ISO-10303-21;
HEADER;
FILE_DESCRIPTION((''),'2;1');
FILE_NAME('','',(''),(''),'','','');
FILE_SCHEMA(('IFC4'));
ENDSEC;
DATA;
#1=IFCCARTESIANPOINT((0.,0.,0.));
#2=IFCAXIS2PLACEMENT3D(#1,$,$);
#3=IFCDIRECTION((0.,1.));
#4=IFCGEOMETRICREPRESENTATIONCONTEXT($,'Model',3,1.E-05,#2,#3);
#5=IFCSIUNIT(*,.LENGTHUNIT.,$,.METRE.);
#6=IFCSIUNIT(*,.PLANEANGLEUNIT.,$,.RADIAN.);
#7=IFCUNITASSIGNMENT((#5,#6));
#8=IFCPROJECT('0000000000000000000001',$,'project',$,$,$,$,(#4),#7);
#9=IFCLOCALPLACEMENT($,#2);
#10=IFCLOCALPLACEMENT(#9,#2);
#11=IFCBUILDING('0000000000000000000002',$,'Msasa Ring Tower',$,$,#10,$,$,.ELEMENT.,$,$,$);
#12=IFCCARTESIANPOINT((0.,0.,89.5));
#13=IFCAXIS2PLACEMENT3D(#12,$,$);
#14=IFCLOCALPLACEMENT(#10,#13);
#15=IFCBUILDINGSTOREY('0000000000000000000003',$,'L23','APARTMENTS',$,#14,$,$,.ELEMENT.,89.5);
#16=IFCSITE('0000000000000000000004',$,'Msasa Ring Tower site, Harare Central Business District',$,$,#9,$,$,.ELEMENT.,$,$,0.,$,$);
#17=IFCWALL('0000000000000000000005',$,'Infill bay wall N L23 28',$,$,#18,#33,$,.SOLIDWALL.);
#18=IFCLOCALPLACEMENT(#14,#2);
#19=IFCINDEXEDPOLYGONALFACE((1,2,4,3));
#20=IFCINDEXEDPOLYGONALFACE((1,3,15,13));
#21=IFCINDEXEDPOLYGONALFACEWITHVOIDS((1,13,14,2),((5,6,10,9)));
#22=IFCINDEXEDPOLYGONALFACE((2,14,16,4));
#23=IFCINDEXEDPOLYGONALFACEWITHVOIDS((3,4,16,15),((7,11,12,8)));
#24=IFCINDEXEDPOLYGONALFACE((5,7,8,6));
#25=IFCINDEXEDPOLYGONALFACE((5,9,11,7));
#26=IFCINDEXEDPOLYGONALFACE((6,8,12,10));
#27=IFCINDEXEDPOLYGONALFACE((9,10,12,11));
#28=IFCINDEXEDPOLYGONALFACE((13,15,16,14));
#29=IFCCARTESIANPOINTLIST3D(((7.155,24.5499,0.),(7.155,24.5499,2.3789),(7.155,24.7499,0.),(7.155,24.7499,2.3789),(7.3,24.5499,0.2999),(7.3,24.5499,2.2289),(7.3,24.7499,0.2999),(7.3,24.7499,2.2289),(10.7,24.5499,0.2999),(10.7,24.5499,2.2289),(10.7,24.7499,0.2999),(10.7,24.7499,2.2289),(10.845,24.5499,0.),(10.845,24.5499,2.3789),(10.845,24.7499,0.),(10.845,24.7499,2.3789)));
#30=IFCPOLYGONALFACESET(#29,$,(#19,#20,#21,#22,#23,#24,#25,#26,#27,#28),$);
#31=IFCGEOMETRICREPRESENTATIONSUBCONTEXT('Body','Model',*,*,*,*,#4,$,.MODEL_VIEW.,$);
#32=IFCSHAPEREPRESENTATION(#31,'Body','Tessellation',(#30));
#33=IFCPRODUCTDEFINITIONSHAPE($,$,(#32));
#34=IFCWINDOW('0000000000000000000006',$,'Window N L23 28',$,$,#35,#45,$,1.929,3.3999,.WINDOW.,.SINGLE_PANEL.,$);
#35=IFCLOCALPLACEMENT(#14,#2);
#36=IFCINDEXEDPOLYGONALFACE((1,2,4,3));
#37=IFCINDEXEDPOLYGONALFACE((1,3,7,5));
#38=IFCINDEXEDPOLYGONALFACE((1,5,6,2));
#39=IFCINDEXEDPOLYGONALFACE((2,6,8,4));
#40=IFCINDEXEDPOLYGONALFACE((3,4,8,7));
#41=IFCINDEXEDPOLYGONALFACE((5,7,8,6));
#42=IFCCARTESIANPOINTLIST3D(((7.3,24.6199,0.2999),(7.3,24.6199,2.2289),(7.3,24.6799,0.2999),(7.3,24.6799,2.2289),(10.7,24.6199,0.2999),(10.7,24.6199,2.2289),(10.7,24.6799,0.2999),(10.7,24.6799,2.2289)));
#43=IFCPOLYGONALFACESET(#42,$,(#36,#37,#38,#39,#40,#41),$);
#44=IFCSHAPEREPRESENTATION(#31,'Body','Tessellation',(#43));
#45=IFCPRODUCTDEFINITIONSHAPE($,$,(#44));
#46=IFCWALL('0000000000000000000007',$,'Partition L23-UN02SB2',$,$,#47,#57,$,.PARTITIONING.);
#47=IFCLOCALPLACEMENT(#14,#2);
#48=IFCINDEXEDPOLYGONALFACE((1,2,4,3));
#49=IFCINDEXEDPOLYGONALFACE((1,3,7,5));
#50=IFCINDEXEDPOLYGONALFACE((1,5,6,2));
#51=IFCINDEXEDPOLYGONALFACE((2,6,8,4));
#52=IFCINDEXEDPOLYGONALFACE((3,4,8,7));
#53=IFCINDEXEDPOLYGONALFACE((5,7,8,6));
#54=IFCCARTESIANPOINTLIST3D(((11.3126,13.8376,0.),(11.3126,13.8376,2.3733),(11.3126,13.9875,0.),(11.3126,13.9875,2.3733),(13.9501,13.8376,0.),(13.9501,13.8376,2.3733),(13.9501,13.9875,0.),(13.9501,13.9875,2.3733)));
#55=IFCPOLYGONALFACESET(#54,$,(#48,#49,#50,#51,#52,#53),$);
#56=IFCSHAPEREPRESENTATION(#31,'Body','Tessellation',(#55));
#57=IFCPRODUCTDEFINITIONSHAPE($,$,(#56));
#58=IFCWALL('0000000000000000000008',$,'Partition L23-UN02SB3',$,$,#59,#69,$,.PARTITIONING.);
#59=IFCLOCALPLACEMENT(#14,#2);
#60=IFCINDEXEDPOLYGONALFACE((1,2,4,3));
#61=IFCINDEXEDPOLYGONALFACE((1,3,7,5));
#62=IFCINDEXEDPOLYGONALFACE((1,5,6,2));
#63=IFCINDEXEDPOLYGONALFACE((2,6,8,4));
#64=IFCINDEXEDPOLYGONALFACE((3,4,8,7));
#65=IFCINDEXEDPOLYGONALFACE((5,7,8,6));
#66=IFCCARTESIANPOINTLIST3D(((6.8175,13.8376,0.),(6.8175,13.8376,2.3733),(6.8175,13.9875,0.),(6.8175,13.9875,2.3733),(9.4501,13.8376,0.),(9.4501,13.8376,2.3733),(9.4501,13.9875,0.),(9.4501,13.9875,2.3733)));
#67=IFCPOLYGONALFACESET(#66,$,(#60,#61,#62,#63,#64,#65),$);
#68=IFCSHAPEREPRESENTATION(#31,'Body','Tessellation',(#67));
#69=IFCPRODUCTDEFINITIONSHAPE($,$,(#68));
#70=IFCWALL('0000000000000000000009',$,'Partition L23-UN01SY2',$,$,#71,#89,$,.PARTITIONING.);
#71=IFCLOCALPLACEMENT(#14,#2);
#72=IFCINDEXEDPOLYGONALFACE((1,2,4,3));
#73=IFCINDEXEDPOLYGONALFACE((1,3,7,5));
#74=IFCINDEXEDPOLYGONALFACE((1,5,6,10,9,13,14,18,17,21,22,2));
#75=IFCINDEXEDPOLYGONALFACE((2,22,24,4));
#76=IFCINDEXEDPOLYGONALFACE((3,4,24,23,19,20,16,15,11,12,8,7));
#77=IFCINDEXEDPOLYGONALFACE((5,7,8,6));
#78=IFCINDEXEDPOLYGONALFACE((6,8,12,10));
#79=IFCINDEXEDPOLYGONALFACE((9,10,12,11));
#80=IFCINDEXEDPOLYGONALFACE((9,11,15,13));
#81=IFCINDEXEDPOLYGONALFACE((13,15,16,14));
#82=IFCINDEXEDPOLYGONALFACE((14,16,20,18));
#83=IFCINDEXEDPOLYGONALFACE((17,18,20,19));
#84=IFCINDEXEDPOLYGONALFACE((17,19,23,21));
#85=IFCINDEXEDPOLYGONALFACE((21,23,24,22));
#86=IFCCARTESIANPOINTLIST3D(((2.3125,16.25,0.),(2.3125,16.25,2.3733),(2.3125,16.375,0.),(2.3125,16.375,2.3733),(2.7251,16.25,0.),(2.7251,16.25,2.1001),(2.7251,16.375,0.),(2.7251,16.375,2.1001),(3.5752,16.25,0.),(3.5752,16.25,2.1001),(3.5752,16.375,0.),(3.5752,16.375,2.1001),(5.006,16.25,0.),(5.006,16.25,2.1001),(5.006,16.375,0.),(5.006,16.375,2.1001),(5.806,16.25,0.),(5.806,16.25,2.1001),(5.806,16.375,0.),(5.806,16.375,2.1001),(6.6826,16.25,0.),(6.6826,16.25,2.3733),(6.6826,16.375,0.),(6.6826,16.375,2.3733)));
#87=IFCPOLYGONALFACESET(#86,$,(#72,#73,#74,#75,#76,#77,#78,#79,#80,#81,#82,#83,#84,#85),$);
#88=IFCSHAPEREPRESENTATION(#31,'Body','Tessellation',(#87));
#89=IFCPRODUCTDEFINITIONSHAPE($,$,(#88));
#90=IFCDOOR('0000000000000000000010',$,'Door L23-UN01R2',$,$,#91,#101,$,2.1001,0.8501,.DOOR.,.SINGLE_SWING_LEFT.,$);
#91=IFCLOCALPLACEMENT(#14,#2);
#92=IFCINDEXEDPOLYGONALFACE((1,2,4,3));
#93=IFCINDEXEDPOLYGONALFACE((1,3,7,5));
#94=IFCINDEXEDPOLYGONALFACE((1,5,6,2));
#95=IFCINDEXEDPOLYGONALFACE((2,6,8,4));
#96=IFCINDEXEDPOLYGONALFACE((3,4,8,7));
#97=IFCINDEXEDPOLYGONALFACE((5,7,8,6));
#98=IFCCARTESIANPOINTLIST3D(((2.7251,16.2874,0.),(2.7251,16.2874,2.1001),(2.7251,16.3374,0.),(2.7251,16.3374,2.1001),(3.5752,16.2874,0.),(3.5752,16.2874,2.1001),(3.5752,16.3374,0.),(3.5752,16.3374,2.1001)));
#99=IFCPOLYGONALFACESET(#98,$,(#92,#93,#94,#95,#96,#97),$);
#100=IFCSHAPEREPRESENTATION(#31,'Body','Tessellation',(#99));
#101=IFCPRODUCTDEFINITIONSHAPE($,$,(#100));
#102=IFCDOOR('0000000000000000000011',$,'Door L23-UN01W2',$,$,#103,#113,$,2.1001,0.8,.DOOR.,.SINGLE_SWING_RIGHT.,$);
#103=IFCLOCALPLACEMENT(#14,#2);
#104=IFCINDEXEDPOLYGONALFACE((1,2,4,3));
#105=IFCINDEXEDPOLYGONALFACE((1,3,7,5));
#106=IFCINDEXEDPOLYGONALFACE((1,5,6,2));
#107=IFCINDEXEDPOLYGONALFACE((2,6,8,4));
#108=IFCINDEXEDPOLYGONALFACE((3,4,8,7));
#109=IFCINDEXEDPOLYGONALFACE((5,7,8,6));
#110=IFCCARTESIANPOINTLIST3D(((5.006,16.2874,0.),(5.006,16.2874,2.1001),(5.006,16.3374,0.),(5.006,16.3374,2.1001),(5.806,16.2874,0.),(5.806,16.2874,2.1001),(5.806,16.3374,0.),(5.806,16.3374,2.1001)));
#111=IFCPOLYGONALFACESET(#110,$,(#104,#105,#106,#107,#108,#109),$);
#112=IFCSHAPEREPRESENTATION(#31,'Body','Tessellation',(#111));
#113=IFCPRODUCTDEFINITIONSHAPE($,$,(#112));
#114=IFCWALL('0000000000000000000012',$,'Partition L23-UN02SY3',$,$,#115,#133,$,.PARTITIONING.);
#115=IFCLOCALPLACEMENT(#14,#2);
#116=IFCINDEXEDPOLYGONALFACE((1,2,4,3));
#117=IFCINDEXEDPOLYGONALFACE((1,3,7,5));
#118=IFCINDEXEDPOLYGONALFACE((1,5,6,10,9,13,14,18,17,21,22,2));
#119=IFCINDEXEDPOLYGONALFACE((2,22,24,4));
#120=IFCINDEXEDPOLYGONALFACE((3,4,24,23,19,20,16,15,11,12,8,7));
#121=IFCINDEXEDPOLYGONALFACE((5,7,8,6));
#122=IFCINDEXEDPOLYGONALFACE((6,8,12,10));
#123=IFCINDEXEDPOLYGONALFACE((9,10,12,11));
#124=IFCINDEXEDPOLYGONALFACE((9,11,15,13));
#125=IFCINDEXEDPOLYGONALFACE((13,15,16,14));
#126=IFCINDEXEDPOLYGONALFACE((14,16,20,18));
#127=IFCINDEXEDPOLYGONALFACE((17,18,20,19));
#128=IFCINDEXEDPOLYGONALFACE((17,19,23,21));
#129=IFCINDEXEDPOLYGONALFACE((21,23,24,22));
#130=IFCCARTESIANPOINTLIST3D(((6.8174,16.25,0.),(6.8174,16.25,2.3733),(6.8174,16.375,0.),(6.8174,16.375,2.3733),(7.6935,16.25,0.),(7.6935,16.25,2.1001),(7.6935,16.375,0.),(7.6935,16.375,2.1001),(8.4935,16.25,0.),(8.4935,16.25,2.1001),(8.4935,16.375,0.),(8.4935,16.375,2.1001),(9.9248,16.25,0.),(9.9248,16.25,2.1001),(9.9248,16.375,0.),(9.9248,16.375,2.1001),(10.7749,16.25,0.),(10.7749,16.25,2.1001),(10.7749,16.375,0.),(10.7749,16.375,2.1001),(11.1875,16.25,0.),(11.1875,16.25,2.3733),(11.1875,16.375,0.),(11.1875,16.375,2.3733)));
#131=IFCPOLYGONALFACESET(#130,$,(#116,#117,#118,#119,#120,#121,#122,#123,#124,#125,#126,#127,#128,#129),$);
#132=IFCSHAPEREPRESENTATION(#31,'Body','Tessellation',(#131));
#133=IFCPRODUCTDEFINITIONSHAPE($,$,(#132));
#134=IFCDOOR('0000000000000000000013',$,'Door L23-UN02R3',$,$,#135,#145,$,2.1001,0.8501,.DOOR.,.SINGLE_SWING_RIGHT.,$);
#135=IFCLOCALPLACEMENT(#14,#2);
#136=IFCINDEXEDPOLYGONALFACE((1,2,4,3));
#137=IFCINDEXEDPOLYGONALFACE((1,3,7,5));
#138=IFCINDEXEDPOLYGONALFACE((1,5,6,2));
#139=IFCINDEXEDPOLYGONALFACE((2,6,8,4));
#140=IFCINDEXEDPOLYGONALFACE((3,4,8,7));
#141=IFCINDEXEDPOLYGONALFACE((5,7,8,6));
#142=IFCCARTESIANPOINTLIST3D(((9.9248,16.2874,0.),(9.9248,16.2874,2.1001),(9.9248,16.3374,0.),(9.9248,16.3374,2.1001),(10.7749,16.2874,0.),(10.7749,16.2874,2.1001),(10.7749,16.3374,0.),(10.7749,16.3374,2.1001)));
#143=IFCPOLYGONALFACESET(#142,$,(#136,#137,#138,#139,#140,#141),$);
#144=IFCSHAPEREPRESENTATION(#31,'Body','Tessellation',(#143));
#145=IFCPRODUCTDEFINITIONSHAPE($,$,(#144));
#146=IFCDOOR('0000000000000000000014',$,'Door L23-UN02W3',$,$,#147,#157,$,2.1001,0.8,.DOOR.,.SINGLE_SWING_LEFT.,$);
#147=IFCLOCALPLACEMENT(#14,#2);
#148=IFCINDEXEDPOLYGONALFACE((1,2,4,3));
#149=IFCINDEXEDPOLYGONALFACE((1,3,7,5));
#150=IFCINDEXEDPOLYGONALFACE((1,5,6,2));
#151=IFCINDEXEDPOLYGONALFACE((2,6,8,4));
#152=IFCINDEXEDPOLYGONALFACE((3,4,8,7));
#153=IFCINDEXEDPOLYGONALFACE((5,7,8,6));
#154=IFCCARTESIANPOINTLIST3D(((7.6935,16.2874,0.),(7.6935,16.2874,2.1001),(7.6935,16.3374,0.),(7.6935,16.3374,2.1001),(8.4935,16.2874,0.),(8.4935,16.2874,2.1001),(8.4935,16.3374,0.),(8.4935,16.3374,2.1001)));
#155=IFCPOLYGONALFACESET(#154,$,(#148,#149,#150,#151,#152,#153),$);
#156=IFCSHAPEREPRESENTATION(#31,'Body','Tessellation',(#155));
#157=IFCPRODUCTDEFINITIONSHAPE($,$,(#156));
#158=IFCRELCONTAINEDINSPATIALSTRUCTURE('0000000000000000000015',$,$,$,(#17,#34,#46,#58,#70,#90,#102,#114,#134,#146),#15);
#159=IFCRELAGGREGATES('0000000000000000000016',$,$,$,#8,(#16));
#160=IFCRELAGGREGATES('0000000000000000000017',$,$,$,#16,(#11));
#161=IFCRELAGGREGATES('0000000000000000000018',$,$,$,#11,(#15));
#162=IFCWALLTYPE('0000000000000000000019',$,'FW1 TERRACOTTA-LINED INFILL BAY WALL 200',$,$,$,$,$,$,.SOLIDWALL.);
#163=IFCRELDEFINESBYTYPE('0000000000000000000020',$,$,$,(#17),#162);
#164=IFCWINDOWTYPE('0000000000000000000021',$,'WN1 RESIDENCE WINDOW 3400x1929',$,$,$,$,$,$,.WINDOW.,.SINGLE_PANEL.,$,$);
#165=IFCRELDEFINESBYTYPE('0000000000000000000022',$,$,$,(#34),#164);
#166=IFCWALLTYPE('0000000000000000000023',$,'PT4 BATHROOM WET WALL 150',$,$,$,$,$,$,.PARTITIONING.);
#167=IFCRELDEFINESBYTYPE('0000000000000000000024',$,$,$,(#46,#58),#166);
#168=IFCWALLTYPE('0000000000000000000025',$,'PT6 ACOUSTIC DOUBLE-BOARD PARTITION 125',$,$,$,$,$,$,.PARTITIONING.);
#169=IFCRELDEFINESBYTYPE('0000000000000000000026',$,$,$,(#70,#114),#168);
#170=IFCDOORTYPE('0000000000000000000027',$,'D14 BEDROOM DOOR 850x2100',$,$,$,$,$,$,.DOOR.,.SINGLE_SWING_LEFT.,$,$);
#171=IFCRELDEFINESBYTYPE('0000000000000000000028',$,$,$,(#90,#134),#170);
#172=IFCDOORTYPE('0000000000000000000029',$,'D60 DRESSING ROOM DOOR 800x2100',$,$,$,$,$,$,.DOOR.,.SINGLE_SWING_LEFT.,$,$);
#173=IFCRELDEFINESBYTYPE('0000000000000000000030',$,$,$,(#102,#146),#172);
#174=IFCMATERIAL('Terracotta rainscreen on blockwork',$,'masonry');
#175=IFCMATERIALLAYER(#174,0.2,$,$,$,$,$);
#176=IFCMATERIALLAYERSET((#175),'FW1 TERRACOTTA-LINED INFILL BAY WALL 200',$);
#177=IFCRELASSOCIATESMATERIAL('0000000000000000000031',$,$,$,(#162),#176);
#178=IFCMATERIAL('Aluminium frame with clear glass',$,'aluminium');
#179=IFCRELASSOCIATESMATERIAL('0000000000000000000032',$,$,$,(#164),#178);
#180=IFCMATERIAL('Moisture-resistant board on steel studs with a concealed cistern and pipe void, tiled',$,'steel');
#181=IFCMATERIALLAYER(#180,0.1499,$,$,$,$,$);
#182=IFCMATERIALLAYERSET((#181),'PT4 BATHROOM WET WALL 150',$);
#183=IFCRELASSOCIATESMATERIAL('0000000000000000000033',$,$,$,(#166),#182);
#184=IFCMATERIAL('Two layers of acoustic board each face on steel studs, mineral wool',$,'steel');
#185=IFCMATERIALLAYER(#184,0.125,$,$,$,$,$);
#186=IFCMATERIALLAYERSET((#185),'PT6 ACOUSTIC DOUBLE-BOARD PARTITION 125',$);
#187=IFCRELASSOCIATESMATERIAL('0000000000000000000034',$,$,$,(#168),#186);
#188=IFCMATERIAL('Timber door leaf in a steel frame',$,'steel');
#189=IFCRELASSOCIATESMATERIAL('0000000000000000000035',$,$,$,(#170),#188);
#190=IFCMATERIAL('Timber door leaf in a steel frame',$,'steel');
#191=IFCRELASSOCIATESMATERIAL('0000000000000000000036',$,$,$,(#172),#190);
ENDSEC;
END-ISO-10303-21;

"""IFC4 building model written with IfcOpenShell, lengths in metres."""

from ifc_helpers import new_model, si_unit, direction, frame, frame_2d, origin, place, context, subcontext, project, spatial, rectangle, extrude, material, layer, layer_set, type_object, element, fill, save


model = new_model("IFC4")

# Units and contexts
model_context = context("Model", 3, precision=1e-05, world=origin(), true_north=direction((0.0, 1.0)))
body_context = subcontext(model_context, "Body", "Model", "MODEL_VIEW")
ifc_project = project(units=[si_unit("LENGTHUNIT", "METRE"), si_unit("PLANEANGLEUNIT", "RADIAN")], contexts=[model_context])

# Site, building, storey
site_placement = place(None, origin())
site = spatial("IfcSite", under=ifc_project, at=site_placement, Name="Msasa Ring Tower site, Harare Central Business District", CompositionType="ELEMENT", RefElevation=0.0)
building_placement = place(site_placement, origin())
building = spatial("IfcBuilding", under=site, at=building_placement, Name="Msasa Ring Tower", CompositionType="ELEMENT")
storey_placement = place(building_placement, frame((0.0, 0.0, 89.5)))
storey = spatial("IfcBuildingStorey", under=building, at=storey_placement, Name="L23", Description="APARTMENTS", CompositionType="ELEMENT", Elevation=89.5)

# Wall, opening, window
ifc_material_1 = material(Name="Terracotta rainscreen on blockwork", Category="masonry")
ifc_layer_1 = layer(ifc_material_1, 0.2)
ifc_layer_set_1 = layer_set([ifc_layer_1], Name="FW1 TERRACOTTA-LINED INFILL BAY WALL 200")
wall_type_1 = type_object("IfcWallType", Name="FW1 TERRACOTTA-LINED INFILL BAY WALL 200", PredefinedType="SOLIDWALL", material=ifc_layer_set_1)
ifc_material_2 = material(Name="Aluminium frame with clear glass", Category="aluminium")
window_type = type_object("IfcWindowType", Name="WN1 RESIDENCE WINDOW 3400x1929", PartitioningType="SINGLE_PANEL", PredefinedType="WINDOW", material=ifc_material_2)
wall_1_placement = place(storey_placement, frame((7.155, 24.6499, 0.0), z_axis=(0.0, 0.0, 1.0), x_axis=(1.0, 0.0, 0.0)))
wall_1 = element("IfcWall", 1, at=wall_1_placement, inside=storey, type_object=wall_type_1, Name="Infill bay wall N L23 28", PredefinedType="SOLIDWALL", context=body_context, shape_type="SweptSolid", body=[
    extrude(rectangle(XDim=3.6899, YDim=0.2, at=frame_2d((1.845, 0.0))), origin(), (0.0, 0.0, 1.0), 2.3789),
])
opening_1_placement = place(wall_1_placement, frame((0.145, 0.0, 0.3)))
opening_1 = element("IfcOpeningElement", 2, at=opening_1_placement, cuts=wall_1, PredefinedType="OPENING", context=body_context, shape_type="SweptSolid", body=[
    extrude(rectangle(XDim=3.3999, YDim=1.929, at=frame_2d((1.7, 0.9644))), frame((0.0, 0.1099, 0.0), z_axis=(0.0, -1.0, 0.0), x_axis=(1.0, 0.0, 0.0)), (0.0, 0.0, 1.0), 0.22),
])
window_1_placement = place(opening_1_placement, origin())
window_1 = element("IfcWindow", 3, at=window_1_placement, inside=storey, type_object=window_type, Name="Window N L23 28", OverallHeight=1.929, OverallWidth=3.3999, PartitioningType="SINGLE_PANEL", PredefinedType="WINDOW", context=body_context, shape_type="SweptSolid", body=[
    extrude(rectangle(XDim=3.3999, YDim=1.929, at=frame_2d((1.7, 0.9644))), frame((0.0, 0.03, 0.0), z_axis=(0.0, -1.0, 0.0), x_axis=(1.0, 0.0, 0.0)), (0.0, 0.0, 1.0), 0.0601),
])
fill(opening_1, window_1)

# Walls
ifc_material_3 = material(Name="Moisture-resistant board on steel studs with a concealed cistern and pipe void, tiled", Category="steel")
ifc_layer_2 = layer(ifc_material_3, 0.1499)
ifc_layer_set_2 = layer_set([ifc_layer_2], Name="PT4 BATHROOM WET WALL 150")
wall_type_2 = type_object("IfcWallType", Name="PT4 BATHROOM WET WALL 150", PredefinedType="PARTITIONING", material=ifc_layer_set_2)
wall_2_placement = place(storey_placement, frame((11.3125, 13.9126, 0.0), z_axis=(0.0, 0.0, 1.0), x_axis=(1.0, 0.0, 0.0)))
element("IfcWall", 4, at=wall_2_placement, inside=storey, type_object=wall_type_2, Name="Partition L23-UN02SB2", PredefinedType="PARTITIONING", context=body_context, shape_type="SweptSolid", body=[
    extrude(rectangle(XDim=2.6375, YDim=0.1499, at=frame_2d((1.3188, 0.0))), origin(), (0.0, 0.0, 1.0), 2.3733),
])
wall_3_placement = place(storey_placement, frame((6.8174, 13.9126, 0.0), z_axis=(0.0, 0.0, 1.0), x_axis=(1.0, 0.0, 0.0)))
element("IfcWall", 5, at=wall_3_placement, inside=storey, type_object=wall_type_2, Name="Partition L23-UN02SB3", PredefinedType="PARTITIONING", context=body_context, shape_type="SweptSolid", body=[
    extrude(rectangle(XDim=2.6326, YDim=0.1499, at=frame_2d((1.3164, 0.0))), origin(), (0.0, 0.0, 1.0), 2.3733),
])

# Walls, openings, doors
ifc_material_4 = material(Name="Two layers of acoustic board each face on steel studs, mineral wool", Category="steel")
ifc_layer_3 = layer(ifc_material_4, 0.125)
ifc_layer_set_3 = layer_set([ifc_layer_3], Name="PT6 ACOUSTIC DOUBLE-BOARD PARTITION 125")
wall_type_3 = type_object("IfcWallType", Name="PT6 ACOUSTIC DOUBLE-BOARD PARTITION 125", PredefinedType="PARTITIONING", material=ifc_layer_set_3)
wall_4_placement = place(storey_placement, frame((2.3125, 16.3125, 0.0), z_axis=(0.0, 0.0, 1.0), x_axis=(1.0, 0.0, 0.0)))
wall_4 = element("IfcWall", 6, at=wall_4_placement, inside=storey, type_object=wall_type_3, Name="Partition L23-UN01SY2", PredefinedType="PARTITIONING", context=body_context, shape_type="SweptSolid", body=[
    extrude(rectangle(XDim=4.3701, YDim=0.125, at=frame_2d((2.1851, 0.0))), origin(), (0.0, 0.0, 1.0), 2.3733),
])
opening_2_placement = place(wall_4_placement, frame((0.4126, 0.0, 0.0)))
opening_2 = element("IfcOpeningElement", 7, at=opening_2_placement, cuts=wall_4, PredefinedType="OPENING", context=body_context, shape_type="SweptSolid", body=[
    extrude(rectangle(XDim=0.8501, YDim=2.1001, at=frame_2d((0.425, 1.05))), frame((0.0, 0.0725, 0.0), z_axis=(0.0, -1.0, 0.0), x_axis=(1.0, 0.0, 0.0)), (0.0, 0.0, 1.0), 0.145),
])
opening_3_placement = place(wall_4_placement, frame((2.6936, 0.0, 0.0)))
opening_3 = element("IfcOpeningElement", 8, at=opening_3_placement, cuts=wall_4, PredefinedType="OPENING", context=body_context, shape_type="SweptSolid", body=[
    extrude(rectangle(XDim=0.8, YDim=2.1001, at=frame_2d((0.3999, 1.05))), frame((0.0, 0.0725, 0.0), z_axis=(0.0, -1.0, 0.0), x_axis=(1.0, 0.0, 0.0)), (0.0, 0.0, 1.0), 0.145),
])
ifc_material_5 = material(Name="Timber door leaf in a steel frame", Category="steel")
door_type_1 = type_object("IfcDoorType", Name="D14 BEDROOM DOOR 850x2100", OperationType="SINGLE_SWING_LEFT", PredefinedType="DOOR", material=ifc_material_5)
door_1_placement = place(opening_2_placement, origin())
door_1 = element("IfcDoor", 9, at=door_1_placement, inside=storey, type_object=door_type_1, Name="Door L23-UN01R2", OperationType="SINGLE_SWING_LEFT", OverallHeight=2.1001, OverallWidth=0.8501, PredefinedType="DOOR", context=body_context, shape_type="SweptSolid", body=[
    extrude(rectangle(XDim=0.8501, YDim=2.1001, at=frame_2d((0.425, 1.05))), frame((0.0, 0.0249, 0.0), z_axis=(0.0, -1.0, 0.0), x_axis=(1.0, 0.0, 0.0)), (0.0, 0.0, 1.0), 0.05),
])
fill(opening_2, door_1)
ifc_material_6 = material(Name="Timber door leaf in a steel frame", Category="steel")
door_type_2 = type_object("IfcDoorType", Name="D60 DRESSING ROOM DOOR 800x2100", OperationType="SINGLE_SWING_LEFT", PredefinedType="DOOR", material=ifc_material_6)
door_2_placement = place(opening_3_placement, origin())
door_2 = element("IfcDoor", 10, at=door_2_placement, inside=storey, type_object=door_type_2, Name="Door L23-UN01W2", OperationType="SINGLE_SWING_RIGHT", OverallHeight=2.1001, OverallWidth=0.8, PredefinedType="DOOR", context=body_context, shape_type="SweptSolid", body=[
    extrude(rectangle(XDim=0.8, YDim=2.1001, at=frame_2d((0.3999, 1.05))), frame((0.0, 0.0249, 0.0), z_axis=(0.0, -1.0, 0.0), x_axis=(1.0, 0.0, 0.0)), (0.0, 0.0, 1.0), 0.05),
])
fill(opening_3, door_2)
wall_5_placement = place(storey_placement, frame((6.8174, 16.3125, 0.0), z_axis=(0.0, 0.0, 1.0), x_axis=(1.0, 0.0, 0.0)))
wall_5 = element("IfcWall", 11, at=wall_5_placement, inside=storey, type_object=wall_type_3, Name="Partition L23-UN02SY3", PredefinedType="PARTITIONING", context=body_context, shape_type="SweptSolid", body=[
    extrude(rectangle(XDim=4.3701, YDim=0.125, at=frame_2d((2.1851, 0.0))), origin(), (0.0, 0.0, 1.0), 2.3733),
])
opening_4_placement = place(wall_5_placement, frame((3.1074, 0.0, 0.0)))
opening_4 = element("IfcOpeningElement", 12, at=opening_4_placement, cuts=wall_5, PredefinedType="OPENING", context=body_context, shape_type="SweptSolid", body=[
    extrude(rectangle(XDim=0.8501, YDim=2.1001, at=frame_2d((0.425, 1.05))), frame((0.0, 0.0725, 0.0), z_axis=(0.0, -1.0, 0.0), x_axis=(1.0, 0.0, 0.0)), (0.0, 0.0, 1.0), 0.145),
])
opening_5_placement = place(wall_5_placement, frame((0.8762, 0.0, 0.0)))
opening_5 = element("IfcOpeningElement", 13, at=opening_5_placement, cuts=wall_5, PredefinedType="OPENING", context=body_context, shape_type="SweptSolid", body=[
    extrude(rectangle(XDim=0.8, YDim=2.1001, at=frame_2d((0.3999, 1.05))), frame((0.0, 0.0725, 0.0), z_axis=(0.0, -1.0, 0.0), x_axis=(1.0, 0.0, 0.0)), (0.0, 0.0, 1.0), 0.145),
])
door_3_placement = place(opening_4_placement, origin())
door_3 = element("IfcDoor", 14, at=door_3_placement, inside=storey, type_object=door_type_1, Name="Door L23-UN02R3", OperationType="SINGLE_SWING_RIGHT", OverallHeight=2.1001, OverallWidth=0.8501, PredefinedType="DOOR", context=body_context, shape_type="SweptSolid", body=[
    extrude(rectangle(XDim=0.8501, YDim=2.1001, at=frame_2d((0.425, 1.05))), frame((0.0, 0.0249, 0.0), z_axis=(0.0, -1.0, 0.0), x_axis=(1.0, 0.0, 0.0)), (0.0, 0.0, 1.0), 0.05),
])
fill(opening_4, door_3)
door_4_placement = place(opening_5_placement, origin())
door_4 = element("IfcDoor", 15, at=door_4_placement, inside=storey, type_object=door_type_2, Name="Door L23-UN02W3", OperationType="SINGLE_SWING_LEFT", OverallHeight=2.1001, OverallWidth=0.8, PredefinedType="DOOR", context=body_context, shape_type="SweptSolid", body=[
    extrude(rectangle(XDim=0.8, YDim=2.1001, at=frame_2d((0.3999, 1.05))), frame((0.0, 0.0249, 0.0), z_axis=(0.0, -1.0, 0.0), x_axis=(1.0, 0.0, 0.0)), (0.0, 0.0, 1.0), 0.05),
])
fill(opening_5, door_4)

save(model, "model.ifc")
